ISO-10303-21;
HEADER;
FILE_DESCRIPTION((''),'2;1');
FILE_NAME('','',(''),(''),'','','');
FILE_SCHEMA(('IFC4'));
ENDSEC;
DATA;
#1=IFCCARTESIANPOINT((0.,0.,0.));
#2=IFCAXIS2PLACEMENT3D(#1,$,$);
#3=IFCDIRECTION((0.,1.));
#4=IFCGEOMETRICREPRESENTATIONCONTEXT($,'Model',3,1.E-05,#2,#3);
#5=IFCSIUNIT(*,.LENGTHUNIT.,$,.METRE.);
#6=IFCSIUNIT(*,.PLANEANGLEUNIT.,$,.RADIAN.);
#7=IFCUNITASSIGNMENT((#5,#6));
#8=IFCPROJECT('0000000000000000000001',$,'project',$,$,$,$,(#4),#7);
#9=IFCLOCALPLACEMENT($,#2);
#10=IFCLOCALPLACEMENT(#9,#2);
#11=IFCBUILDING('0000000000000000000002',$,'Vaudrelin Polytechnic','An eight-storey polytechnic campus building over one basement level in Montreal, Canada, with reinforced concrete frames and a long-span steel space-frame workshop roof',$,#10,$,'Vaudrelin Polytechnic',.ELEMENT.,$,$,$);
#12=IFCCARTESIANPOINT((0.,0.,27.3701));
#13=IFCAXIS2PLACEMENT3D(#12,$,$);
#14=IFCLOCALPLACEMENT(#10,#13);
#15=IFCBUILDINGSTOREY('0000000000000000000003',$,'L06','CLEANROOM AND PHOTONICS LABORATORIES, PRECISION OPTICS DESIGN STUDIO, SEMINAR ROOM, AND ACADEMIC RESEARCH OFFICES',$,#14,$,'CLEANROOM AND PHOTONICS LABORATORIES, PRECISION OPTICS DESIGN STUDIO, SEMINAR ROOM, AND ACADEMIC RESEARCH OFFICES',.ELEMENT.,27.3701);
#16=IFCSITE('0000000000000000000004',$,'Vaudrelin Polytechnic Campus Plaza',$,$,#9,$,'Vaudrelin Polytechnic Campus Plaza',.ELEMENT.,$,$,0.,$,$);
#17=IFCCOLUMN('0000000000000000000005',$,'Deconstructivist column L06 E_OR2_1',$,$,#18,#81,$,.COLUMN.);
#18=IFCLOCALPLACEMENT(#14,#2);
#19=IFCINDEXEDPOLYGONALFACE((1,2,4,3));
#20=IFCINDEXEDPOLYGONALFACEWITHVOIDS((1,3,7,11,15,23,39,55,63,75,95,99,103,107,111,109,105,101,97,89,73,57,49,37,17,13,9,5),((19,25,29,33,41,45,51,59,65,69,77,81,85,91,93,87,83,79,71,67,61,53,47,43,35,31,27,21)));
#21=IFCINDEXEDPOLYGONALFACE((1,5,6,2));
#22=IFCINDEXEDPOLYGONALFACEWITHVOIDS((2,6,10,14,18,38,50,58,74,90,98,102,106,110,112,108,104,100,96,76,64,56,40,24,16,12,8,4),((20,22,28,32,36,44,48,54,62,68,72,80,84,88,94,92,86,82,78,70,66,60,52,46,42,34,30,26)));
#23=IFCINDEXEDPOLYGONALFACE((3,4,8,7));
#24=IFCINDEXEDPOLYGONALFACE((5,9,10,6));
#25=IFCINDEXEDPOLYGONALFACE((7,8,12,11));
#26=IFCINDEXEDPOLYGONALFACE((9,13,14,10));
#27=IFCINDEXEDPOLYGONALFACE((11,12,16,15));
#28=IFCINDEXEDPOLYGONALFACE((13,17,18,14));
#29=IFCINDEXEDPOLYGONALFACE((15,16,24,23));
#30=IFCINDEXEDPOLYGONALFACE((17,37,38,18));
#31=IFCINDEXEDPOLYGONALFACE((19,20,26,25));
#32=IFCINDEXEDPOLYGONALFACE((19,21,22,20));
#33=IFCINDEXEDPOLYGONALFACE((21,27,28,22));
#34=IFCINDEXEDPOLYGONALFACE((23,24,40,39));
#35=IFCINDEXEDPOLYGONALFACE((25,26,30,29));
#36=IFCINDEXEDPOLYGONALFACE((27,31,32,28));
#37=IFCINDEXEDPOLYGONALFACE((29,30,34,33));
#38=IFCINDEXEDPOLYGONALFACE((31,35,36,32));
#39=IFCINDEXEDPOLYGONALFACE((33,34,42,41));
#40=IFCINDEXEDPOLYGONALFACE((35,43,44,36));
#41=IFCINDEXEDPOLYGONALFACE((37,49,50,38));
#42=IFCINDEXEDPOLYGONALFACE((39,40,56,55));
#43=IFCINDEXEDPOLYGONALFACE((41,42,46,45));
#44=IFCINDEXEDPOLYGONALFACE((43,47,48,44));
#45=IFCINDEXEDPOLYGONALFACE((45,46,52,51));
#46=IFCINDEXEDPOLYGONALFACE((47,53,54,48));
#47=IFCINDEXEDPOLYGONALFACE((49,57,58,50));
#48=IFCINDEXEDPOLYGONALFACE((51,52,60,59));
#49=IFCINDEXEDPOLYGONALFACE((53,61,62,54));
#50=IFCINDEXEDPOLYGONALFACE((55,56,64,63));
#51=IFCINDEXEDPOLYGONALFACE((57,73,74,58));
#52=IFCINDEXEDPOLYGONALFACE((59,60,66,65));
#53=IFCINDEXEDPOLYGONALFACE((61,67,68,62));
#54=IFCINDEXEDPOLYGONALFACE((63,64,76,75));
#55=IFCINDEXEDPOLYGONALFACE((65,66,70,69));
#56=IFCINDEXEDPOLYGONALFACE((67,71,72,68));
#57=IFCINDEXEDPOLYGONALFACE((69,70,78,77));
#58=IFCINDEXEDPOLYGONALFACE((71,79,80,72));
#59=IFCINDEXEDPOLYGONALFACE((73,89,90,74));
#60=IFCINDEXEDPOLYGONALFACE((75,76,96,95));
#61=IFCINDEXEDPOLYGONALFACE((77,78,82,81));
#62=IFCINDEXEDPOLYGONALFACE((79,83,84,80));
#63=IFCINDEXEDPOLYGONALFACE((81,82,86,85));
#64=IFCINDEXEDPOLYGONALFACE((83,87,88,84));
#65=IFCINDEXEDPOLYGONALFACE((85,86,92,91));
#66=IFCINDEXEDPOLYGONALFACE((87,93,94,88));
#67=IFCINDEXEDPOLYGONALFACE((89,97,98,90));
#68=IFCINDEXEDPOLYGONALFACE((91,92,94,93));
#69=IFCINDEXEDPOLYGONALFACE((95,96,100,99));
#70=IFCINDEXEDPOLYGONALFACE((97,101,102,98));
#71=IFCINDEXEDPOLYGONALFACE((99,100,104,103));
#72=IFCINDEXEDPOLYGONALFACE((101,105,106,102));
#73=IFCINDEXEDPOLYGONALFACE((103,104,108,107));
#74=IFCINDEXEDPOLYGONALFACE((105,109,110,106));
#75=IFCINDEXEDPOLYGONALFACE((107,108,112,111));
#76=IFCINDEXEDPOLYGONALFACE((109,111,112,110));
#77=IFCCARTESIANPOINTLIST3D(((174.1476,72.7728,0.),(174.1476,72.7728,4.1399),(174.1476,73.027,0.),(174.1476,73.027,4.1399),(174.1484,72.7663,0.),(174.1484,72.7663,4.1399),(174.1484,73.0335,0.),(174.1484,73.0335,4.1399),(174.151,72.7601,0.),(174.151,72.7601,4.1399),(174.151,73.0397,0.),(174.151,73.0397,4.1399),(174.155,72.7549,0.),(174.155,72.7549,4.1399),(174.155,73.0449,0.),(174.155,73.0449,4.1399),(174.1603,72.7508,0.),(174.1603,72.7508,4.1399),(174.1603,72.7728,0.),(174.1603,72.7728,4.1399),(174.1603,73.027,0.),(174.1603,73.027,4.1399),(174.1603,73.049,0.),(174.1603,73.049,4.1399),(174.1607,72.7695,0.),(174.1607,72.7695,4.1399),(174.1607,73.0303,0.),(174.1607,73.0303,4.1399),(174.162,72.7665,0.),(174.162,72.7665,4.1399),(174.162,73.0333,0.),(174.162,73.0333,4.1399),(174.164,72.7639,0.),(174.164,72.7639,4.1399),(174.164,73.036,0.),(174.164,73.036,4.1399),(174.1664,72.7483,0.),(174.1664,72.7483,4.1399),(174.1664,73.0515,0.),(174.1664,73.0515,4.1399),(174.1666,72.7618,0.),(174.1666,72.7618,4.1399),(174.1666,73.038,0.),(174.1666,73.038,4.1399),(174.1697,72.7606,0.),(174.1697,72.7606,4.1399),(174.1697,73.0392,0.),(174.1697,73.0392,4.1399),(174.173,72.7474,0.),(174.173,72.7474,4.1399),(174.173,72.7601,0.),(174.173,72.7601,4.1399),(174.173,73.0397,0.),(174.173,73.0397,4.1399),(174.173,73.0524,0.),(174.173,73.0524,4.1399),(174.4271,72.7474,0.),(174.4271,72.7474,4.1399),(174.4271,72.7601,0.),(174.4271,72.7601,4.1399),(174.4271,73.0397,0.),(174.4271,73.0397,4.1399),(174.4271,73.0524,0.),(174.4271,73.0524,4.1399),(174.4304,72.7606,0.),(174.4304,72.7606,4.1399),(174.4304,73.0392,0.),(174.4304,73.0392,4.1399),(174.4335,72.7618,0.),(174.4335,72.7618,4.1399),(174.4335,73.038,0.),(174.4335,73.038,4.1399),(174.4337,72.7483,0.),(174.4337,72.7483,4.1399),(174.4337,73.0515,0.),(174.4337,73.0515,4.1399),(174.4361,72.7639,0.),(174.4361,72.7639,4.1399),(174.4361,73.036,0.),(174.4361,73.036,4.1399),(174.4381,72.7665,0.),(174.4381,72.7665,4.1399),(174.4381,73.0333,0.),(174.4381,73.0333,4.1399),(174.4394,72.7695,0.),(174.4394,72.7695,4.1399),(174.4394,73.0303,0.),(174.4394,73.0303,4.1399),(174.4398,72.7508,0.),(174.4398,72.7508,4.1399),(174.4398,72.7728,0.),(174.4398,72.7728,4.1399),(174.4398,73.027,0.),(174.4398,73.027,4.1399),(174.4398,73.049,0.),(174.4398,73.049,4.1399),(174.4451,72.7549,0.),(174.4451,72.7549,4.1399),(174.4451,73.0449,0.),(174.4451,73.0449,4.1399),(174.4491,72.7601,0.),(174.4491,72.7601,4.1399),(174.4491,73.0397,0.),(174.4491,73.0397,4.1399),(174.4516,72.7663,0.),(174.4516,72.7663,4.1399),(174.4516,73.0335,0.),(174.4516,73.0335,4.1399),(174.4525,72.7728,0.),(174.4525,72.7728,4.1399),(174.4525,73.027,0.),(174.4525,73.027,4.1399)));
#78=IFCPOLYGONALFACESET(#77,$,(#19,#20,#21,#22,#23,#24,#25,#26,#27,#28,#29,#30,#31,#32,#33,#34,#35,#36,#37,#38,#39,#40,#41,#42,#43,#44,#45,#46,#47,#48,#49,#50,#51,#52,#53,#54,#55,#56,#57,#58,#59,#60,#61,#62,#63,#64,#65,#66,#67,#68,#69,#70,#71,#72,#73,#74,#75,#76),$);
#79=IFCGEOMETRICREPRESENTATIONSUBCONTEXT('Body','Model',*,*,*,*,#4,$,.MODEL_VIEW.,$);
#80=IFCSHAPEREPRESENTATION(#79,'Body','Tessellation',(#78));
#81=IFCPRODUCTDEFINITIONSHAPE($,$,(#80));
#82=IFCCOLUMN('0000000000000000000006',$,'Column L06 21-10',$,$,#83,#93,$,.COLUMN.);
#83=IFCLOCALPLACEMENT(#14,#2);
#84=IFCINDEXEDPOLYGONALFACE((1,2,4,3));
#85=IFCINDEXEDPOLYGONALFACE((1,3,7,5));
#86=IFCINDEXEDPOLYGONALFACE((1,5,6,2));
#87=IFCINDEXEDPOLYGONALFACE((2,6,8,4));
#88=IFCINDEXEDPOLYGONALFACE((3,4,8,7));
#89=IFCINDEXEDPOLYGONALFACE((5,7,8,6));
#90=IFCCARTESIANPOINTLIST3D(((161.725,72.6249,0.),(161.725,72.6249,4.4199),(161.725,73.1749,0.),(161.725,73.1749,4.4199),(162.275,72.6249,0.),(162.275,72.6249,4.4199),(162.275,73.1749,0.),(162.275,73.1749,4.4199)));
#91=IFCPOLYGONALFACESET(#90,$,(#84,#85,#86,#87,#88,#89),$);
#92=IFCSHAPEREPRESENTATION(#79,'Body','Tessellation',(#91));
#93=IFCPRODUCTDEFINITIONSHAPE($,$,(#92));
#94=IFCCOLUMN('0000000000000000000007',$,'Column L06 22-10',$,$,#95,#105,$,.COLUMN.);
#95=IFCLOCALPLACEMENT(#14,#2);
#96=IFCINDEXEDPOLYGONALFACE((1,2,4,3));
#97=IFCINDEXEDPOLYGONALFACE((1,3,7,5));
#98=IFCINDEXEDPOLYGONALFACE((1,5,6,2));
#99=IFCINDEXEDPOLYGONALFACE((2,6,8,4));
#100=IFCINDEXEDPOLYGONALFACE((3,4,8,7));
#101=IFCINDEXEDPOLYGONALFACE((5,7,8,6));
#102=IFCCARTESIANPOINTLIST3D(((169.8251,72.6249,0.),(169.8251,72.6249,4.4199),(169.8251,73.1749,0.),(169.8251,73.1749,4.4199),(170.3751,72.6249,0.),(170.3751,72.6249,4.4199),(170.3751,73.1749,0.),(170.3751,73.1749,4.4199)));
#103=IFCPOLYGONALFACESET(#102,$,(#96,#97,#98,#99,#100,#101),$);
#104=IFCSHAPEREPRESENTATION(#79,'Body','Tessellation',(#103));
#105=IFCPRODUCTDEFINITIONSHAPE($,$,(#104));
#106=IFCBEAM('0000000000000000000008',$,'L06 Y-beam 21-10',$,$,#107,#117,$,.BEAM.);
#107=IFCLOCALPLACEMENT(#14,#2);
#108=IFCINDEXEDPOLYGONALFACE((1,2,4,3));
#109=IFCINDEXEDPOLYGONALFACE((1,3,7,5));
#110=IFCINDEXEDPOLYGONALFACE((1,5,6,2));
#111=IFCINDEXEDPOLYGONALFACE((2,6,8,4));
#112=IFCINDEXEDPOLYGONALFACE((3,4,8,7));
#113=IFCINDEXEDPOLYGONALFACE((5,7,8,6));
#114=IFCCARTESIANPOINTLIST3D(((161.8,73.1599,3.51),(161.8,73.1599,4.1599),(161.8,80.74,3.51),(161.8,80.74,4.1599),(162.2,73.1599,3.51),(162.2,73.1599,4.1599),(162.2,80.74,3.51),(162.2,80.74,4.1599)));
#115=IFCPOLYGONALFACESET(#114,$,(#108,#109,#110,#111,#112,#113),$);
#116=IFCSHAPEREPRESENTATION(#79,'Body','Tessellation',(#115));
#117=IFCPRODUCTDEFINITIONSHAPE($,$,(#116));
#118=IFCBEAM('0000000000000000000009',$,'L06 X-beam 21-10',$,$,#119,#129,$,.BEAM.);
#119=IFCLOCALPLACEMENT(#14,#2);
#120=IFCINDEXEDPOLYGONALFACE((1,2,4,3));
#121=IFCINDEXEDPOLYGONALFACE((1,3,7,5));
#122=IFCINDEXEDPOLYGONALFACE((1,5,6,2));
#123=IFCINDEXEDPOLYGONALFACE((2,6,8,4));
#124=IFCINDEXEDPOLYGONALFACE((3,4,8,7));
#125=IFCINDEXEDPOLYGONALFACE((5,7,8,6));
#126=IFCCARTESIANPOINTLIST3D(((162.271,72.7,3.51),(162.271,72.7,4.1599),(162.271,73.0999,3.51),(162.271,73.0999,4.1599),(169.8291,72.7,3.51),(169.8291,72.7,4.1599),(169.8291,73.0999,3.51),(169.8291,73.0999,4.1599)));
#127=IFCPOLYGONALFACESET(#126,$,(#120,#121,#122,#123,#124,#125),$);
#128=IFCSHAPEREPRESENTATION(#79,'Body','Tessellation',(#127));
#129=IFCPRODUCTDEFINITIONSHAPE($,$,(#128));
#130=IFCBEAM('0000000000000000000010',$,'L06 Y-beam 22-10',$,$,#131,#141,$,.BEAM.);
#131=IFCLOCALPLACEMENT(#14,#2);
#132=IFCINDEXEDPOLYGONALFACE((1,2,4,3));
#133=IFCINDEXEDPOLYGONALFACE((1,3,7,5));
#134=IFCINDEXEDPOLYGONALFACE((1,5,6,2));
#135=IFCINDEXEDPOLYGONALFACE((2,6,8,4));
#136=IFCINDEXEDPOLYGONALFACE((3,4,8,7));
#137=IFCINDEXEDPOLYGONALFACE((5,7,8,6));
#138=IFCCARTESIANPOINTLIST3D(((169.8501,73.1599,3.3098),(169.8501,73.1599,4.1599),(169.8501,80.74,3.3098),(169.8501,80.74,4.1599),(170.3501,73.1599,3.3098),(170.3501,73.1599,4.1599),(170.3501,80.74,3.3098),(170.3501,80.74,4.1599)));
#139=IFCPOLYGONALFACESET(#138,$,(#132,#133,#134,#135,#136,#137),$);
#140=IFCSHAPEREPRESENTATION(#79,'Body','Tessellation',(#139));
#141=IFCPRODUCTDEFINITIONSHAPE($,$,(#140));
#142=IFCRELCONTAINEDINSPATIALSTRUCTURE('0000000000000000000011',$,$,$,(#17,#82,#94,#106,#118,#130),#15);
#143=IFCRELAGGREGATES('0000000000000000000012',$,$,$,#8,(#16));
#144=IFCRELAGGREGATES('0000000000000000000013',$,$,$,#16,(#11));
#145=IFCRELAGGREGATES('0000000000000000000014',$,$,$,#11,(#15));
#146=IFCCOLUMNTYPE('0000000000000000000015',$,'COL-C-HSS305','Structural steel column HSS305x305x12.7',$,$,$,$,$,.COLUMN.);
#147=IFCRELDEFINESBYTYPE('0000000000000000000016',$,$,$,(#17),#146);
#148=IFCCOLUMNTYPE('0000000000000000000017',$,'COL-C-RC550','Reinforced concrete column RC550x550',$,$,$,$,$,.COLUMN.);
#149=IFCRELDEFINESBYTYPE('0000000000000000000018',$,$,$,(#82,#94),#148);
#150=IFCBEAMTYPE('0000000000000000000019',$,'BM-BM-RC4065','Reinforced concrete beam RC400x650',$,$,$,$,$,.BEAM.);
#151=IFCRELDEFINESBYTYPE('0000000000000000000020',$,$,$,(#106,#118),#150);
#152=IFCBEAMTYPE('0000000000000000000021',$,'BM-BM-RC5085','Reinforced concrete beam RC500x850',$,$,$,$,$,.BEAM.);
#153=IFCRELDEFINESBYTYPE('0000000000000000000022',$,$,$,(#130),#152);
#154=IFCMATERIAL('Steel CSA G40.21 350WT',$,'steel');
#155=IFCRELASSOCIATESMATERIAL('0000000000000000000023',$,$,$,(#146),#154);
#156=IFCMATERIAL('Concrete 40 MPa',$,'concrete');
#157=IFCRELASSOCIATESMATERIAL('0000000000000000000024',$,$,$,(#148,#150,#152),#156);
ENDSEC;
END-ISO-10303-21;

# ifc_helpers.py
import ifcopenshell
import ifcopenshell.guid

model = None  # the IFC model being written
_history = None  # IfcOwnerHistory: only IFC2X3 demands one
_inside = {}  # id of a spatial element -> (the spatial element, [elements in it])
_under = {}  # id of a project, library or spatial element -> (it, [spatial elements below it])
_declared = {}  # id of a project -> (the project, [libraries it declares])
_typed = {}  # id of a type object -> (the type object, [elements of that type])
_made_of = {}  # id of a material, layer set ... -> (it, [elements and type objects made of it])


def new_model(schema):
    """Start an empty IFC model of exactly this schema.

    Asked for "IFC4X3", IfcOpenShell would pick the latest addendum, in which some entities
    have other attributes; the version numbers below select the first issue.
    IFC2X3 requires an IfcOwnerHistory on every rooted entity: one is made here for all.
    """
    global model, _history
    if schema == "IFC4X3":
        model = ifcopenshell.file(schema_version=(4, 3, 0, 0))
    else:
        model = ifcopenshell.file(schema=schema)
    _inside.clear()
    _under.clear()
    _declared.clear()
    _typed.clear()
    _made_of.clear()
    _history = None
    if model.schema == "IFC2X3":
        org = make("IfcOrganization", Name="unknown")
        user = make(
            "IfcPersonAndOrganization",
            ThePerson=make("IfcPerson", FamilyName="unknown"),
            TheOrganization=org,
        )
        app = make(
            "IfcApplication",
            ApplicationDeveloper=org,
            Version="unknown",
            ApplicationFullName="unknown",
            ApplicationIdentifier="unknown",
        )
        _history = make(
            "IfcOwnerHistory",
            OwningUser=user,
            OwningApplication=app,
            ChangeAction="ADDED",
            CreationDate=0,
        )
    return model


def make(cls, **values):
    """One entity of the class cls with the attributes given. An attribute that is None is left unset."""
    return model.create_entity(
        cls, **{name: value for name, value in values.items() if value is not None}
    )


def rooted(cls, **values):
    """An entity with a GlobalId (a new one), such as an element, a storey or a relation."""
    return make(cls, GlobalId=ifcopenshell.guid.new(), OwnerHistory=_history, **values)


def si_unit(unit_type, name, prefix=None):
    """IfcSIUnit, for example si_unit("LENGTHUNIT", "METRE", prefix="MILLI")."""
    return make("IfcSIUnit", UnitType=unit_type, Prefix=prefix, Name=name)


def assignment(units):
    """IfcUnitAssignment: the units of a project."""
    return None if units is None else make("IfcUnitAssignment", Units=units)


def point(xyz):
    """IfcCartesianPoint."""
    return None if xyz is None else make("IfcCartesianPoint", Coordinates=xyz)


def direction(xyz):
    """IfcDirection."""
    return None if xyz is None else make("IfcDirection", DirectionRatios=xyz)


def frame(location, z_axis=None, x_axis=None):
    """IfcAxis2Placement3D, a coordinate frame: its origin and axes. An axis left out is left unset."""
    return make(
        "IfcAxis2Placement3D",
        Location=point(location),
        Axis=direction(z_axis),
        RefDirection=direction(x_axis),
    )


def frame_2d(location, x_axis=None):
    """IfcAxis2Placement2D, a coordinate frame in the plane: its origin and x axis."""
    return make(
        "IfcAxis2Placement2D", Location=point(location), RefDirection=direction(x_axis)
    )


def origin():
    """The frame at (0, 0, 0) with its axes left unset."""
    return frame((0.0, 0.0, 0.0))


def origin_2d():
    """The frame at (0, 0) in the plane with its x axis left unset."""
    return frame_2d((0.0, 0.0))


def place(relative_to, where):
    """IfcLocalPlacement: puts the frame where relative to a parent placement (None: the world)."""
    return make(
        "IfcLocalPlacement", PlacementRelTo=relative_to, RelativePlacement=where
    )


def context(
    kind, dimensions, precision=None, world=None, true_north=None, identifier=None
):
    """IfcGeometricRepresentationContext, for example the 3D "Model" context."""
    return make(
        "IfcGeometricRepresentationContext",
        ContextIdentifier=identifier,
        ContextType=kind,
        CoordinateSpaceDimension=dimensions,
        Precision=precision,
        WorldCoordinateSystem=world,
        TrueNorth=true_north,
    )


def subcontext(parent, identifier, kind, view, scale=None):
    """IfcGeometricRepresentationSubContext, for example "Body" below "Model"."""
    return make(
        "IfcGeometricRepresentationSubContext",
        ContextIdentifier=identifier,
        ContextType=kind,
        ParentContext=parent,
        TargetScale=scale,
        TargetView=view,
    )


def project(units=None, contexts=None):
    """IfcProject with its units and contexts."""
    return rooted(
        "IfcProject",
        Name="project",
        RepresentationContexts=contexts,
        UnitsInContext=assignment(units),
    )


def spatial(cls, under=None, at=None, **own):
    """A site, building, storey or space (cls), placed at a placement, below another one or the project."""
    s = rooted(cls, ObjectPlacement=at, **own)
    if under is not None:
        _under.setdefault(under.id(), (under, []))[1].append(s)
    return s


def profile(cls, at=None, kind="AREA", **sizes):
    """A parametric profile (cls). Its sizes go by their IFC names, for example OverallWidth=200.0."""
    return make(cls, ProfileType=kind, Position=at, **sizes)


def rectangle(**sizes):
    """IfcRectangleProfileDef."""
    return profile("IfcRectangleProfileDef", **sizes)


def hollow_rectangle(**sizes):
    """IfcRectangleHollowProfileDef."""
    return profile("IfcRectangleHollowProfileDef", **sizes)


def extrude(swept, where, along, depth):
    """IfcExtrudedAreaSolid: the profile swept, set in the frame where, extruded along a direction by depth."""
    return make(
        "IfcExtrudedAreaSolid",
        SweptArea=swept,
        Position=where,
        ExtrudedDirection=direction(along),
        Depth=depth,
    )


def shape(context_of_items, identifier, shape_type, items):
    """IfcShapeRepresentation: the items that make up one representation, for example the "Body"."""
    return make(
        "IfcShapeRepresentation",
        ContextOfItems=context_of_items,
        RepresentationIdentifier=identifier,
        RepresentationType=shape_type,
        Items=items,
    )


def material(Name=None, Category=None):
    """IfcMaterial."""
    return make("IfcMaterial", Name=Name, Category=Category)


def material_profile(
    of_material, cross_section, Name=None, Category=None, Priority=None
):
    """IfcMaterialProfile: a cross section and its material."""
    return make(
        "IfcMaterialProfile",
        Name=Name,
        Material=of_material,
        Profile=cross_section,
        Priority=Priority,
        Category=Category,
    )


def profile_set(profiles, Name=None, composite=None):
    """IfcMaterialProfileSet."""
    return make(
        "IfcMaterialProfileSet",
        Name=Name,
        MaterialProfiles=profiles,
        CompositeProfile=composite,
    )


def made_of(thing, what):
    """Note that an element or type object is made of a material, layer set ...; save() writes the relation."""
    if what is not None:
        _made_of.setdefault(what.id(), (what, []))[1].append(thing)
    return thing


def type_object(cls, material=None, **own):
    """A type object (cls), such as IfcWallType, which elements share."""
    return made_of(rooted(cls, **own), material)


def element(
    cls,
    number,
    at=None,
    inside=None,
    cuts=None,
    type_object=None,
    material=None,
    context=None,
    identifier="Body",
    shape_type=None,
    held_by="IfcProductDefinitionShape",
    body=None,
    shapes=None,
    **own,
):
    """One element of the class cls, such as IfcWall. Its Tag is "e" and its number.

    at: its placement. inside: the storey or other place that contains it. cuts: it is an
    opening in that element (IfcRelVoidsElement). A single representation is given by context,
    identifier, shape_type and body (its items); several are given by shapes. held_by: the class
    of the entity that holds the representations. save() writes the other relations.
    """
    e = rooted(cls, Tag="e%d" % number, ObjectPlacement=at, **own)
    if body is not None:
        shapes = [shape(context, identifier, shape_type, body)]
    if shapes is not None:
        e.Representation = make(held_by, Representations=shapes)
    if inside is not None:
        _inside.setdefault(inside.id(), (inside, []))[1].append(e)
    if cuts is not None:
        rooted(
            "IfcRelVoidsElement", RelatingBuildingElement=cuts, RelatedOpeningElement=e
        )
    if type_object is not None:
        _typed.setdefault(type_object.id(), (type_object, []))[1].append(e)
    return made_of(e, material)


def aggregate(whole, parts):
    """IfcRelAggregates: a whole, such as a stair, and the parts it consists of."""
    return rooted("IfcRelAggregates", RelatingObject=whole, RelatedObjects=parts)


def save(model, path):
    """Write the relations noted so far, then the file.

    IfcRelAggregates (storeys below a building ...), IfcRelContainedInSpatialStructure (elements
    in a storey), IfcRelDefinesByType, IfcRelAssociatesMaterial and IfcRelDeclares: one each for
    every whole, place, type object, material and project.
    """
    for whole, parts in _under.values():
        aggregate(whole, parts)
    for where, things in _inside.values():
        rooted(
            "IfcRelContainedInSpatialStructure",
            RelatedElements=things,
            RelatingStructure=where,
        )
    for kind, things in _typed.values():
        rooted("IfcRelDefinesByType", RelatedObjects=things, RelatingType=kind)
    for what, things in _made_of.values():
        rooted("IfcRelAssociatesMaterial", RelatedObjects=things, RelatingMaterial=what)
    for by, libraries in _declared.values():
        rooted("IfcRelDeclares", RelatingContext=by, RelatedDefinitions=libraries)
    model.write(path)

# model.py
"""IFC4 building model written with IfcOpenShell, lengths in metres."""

from ifc_helpers import new_model, si_unit, direction, frame, origin, origin_2d, place, context, subcontext, project, spatial, rectangle, hollow_rectangle, extrude, material, material_profile, profile_set, type_object, element, save


model = new_model("IFC4")

# Units and contexts
model_context = context("Model", 3, precision=1e-05, world=origin(), true_north=direction((0.0, 1.0)))
body_context = subcontext(model_context, "Body", "Model", "MODEL_VIEW")
ifc_project = project(units=[si_unit("LENGTHUNIT", "METRE"), si_unit("PLANEANGLEUNIT", "RADIAN")], contexts=[model_context])

# Site, building, storey
site_placement = place(None, origin())
site = spatial("IfcSite", under=ifc_project, at=site_placement, Name="Vaudrelin Polytechnic Campus Plaza", LongName="Vaudrelin Polytechnic Campus Plaza", CompositionType="ELEMENT", RefElevation=0.0)
building_placement = place(site_placement, origin())
building = spatial("IfcBuilding", under=site, at=building_placement, Name="Vaudrelin Polytechnic", Description="An eight-storey polytechnic campus building over one basement level in Montreal, Canada, with reinforced concrete frames and a long-span steel space-frame workshop roof", LongName="Vaudrelin Polytechnic", CompositionType="ELEMENT")
storey_placement = place(building_placement, frame((0.0, 0.0, 27.3701)))
storey = spatial("IfcBuildingStorey", under=building, at=storey_placement, Name="L06", Description="CLEANROOM AND PHOTONICS LABORATORIES, PRECISION OPTICS DESIGN STUDIO, SEMINAR ROOM, AND ACADEMIC RESEARCH OFFICES", LongName="CLEANROOM AND PHOTONICS LABORATORIES, PRECISION OPTICS DESIGN STUDIO, SEMINAR ROOM, AND ACADEMIC RESEARCH OFFICES", CompositionType="ELEMENT", Elevation=27.3701)

# Columns
ifc_material_1 = material(Name="Steel CSA G40.21 350WT", Category="steel")
ifc_material_profile_1 = material_profile(ifc_material_1, hollow_rectangle(XDim=0.3049, YDim=0.3049, WallThickness=0.0127, InnerFilletRadius=0.0127, OuterFilletRadius=0.0254, at=origin_2d()), Name="HSS305x305x12.7")
ifc_profile_set_1 = profile_set([ifc_material_profile_1], Name="Steel CSA G40.21 350WT")
column_type_1 = type_object("IfcColumnType", Name="COL-C-HSS305", Description="Structural steel column HSS305x305x12.7", PredefinedType="COLUMN", material=ifc_profile_set_1)
column_placement = place(storey_placement, frame((174.3, 72.8999, 0.0), z_axis=(0.0, 0.0, 1.0), x_axis=(1.0, 0.0, 0.0)))
element("IfcColumn", 1, at=column_placement, inside=storey, type_object=column_type_1, Name="Deconstructivist column L06 E_OR2_1", PredefinedType="COLUMN", context=body_context, shape_type="SweptSolid", body=[
    extrude(hollow_rectangle(XDim=0.3049, YDim=0.3049, WallThickness=0.0127, InnerFilletRadius=0.0127, OuterFilletRadius=0.0254, at=origin_2d()), origin(), (0.0, 0.0, 1.0), 4.1399),
])
ifc_material_2 = material(Name="Concrete 40 MPa", Category="concrete")
ifc_material_profile_2 = material_profile(ifc_material_2, rectangle(XDim=0.55, YDim=0.55, at=origin_2d()), Name="RC550x550")
ifc_profile_set_2 = profile_set([ifc_material_profile_2], Name="Concrete 40 MPa")
column_type_2 = type_object("IfcColumnType", Name="COL-C-RC550", Description="Reinforced concrete column RC550x550", PredefinedType="COLUMN", material=ifc_profile_set_2)
for number, where, z_axis, x_axis, name in (
    (2, (162.0, 72.8999, 0.0), (0.0, 0.0, 1.0), (1.0, 0.0, 0.0), "Column L06 21-10"),
    (3, (170.1001, 72.8999, 0.0), (0.0, 0.0, 1.0), (1.0, 0.0, 0.0), "Column L06 22-10"),
):
    element("IfcColumn", number, at=place(storey_placement, frame(where, z_axis=z_axis, x_axis=x_axis)), inside=storey, type_object=column_type_2, Name=name, PredefinedType="COLUMN", context=body_context, shape_type="SweptSolid", body=[
        extrude(rectangle(XDim=0.55, YDim=0.55, at=origin_2d()), origin(), (0.0, 0.0, 1.0), 4.4199),
    ])

# Beams
ifc_material_profile_3 = material_profile(ifc_material_2, rectangle(XDim=0.3999, YDim=0.6499, at=origin_2d()), Name="RC400x650")
ifc_profile_set_3 = profile_set([ifc_material_profile_3], Name="Concrete 40 MPa")
beam_type_1 = type_object("IfcBeamType", Name="BM-BM-RC4065", Description="Reinforced concrete beam RC400x650", PredefinedType="BEAM", material=ifc_profile_set_3)
beam_1_placement = place(storey_placement, frame((162.0, 73.1599, 3.835), z_axis=(0.0, 1.0, 0.0), x_axis=(-1.0, 0.0, 0.0)))
element("IfcBeam", 4, at=beam_1_placement, inside=storey, type_object=beam_type_1, Name="L06 Y-beam 21-10", PredefinedType="BEAM", context=body_context, shape_type="SweptSolid", body=[
    extrude(rectangle(XDim=0.3999, YDim=0.6499, at=origin_2d()), origin(), (0.0, 0.0, 1.0), 7.5801),
])
beam_2_placement = place(storey_placement, frame((162.271, 72.8999, 3.835), z_axis=(1.0, 0.0, 0.0), x_axis=(0.0, 1.0, 0.0)))
element("IfcBeam", 5, at=beam_2_placement, inside=storey, type_object=beam_type_1, Name="L06 X-beam 21-10", PredefinedType="BEAM", context=body_context, shape_type="SweptSolid", body=[
    extrude(rectangle(XDim=0.3999, YDim=0.6499, at=origin_2d()), origin(), (0.0, 0.0, 1.0), 7.5581),
])
ifc_material_profile_4 = material_profile(ifc_material_2, rectangle(XDim=0.5, YDim=0.8501, at=origin_2d()), Name="RC500x850")
ifc_profile_set_4 = profile_set([ifc_material_profile_4], Name="Concrete 40 MPa")
beam_type_2 = type_object("IfcBeamType", Name="BM-BM-RC5085", Description="Reinforced concrete beam RC500x850", PredefinedType="BEAM", material=ifc_profile_set_4)
beam_3_placement = place(storey_placement, frame((170.1001, 73.1599, 3.7349), z_axis=(0.0, 1.0, 0.0), x_axis=(-1.0, 0.0, 0.0)))
element("IfcBeam", 6, at=beam_3_placement, inside=storey, type_object=beam_type_2, Name="L06 Y-beam 22-10", PredefinedType="BEAM", context=body_context, shape_type="SweptSolid", body=[
    extrude(rectangle(XDim=0.5, YDim=0.8501, at=origin_2d()), origin(), (0.0, 0.0, 1.0), 7.5801),
])

save(model, "model.ifc")
